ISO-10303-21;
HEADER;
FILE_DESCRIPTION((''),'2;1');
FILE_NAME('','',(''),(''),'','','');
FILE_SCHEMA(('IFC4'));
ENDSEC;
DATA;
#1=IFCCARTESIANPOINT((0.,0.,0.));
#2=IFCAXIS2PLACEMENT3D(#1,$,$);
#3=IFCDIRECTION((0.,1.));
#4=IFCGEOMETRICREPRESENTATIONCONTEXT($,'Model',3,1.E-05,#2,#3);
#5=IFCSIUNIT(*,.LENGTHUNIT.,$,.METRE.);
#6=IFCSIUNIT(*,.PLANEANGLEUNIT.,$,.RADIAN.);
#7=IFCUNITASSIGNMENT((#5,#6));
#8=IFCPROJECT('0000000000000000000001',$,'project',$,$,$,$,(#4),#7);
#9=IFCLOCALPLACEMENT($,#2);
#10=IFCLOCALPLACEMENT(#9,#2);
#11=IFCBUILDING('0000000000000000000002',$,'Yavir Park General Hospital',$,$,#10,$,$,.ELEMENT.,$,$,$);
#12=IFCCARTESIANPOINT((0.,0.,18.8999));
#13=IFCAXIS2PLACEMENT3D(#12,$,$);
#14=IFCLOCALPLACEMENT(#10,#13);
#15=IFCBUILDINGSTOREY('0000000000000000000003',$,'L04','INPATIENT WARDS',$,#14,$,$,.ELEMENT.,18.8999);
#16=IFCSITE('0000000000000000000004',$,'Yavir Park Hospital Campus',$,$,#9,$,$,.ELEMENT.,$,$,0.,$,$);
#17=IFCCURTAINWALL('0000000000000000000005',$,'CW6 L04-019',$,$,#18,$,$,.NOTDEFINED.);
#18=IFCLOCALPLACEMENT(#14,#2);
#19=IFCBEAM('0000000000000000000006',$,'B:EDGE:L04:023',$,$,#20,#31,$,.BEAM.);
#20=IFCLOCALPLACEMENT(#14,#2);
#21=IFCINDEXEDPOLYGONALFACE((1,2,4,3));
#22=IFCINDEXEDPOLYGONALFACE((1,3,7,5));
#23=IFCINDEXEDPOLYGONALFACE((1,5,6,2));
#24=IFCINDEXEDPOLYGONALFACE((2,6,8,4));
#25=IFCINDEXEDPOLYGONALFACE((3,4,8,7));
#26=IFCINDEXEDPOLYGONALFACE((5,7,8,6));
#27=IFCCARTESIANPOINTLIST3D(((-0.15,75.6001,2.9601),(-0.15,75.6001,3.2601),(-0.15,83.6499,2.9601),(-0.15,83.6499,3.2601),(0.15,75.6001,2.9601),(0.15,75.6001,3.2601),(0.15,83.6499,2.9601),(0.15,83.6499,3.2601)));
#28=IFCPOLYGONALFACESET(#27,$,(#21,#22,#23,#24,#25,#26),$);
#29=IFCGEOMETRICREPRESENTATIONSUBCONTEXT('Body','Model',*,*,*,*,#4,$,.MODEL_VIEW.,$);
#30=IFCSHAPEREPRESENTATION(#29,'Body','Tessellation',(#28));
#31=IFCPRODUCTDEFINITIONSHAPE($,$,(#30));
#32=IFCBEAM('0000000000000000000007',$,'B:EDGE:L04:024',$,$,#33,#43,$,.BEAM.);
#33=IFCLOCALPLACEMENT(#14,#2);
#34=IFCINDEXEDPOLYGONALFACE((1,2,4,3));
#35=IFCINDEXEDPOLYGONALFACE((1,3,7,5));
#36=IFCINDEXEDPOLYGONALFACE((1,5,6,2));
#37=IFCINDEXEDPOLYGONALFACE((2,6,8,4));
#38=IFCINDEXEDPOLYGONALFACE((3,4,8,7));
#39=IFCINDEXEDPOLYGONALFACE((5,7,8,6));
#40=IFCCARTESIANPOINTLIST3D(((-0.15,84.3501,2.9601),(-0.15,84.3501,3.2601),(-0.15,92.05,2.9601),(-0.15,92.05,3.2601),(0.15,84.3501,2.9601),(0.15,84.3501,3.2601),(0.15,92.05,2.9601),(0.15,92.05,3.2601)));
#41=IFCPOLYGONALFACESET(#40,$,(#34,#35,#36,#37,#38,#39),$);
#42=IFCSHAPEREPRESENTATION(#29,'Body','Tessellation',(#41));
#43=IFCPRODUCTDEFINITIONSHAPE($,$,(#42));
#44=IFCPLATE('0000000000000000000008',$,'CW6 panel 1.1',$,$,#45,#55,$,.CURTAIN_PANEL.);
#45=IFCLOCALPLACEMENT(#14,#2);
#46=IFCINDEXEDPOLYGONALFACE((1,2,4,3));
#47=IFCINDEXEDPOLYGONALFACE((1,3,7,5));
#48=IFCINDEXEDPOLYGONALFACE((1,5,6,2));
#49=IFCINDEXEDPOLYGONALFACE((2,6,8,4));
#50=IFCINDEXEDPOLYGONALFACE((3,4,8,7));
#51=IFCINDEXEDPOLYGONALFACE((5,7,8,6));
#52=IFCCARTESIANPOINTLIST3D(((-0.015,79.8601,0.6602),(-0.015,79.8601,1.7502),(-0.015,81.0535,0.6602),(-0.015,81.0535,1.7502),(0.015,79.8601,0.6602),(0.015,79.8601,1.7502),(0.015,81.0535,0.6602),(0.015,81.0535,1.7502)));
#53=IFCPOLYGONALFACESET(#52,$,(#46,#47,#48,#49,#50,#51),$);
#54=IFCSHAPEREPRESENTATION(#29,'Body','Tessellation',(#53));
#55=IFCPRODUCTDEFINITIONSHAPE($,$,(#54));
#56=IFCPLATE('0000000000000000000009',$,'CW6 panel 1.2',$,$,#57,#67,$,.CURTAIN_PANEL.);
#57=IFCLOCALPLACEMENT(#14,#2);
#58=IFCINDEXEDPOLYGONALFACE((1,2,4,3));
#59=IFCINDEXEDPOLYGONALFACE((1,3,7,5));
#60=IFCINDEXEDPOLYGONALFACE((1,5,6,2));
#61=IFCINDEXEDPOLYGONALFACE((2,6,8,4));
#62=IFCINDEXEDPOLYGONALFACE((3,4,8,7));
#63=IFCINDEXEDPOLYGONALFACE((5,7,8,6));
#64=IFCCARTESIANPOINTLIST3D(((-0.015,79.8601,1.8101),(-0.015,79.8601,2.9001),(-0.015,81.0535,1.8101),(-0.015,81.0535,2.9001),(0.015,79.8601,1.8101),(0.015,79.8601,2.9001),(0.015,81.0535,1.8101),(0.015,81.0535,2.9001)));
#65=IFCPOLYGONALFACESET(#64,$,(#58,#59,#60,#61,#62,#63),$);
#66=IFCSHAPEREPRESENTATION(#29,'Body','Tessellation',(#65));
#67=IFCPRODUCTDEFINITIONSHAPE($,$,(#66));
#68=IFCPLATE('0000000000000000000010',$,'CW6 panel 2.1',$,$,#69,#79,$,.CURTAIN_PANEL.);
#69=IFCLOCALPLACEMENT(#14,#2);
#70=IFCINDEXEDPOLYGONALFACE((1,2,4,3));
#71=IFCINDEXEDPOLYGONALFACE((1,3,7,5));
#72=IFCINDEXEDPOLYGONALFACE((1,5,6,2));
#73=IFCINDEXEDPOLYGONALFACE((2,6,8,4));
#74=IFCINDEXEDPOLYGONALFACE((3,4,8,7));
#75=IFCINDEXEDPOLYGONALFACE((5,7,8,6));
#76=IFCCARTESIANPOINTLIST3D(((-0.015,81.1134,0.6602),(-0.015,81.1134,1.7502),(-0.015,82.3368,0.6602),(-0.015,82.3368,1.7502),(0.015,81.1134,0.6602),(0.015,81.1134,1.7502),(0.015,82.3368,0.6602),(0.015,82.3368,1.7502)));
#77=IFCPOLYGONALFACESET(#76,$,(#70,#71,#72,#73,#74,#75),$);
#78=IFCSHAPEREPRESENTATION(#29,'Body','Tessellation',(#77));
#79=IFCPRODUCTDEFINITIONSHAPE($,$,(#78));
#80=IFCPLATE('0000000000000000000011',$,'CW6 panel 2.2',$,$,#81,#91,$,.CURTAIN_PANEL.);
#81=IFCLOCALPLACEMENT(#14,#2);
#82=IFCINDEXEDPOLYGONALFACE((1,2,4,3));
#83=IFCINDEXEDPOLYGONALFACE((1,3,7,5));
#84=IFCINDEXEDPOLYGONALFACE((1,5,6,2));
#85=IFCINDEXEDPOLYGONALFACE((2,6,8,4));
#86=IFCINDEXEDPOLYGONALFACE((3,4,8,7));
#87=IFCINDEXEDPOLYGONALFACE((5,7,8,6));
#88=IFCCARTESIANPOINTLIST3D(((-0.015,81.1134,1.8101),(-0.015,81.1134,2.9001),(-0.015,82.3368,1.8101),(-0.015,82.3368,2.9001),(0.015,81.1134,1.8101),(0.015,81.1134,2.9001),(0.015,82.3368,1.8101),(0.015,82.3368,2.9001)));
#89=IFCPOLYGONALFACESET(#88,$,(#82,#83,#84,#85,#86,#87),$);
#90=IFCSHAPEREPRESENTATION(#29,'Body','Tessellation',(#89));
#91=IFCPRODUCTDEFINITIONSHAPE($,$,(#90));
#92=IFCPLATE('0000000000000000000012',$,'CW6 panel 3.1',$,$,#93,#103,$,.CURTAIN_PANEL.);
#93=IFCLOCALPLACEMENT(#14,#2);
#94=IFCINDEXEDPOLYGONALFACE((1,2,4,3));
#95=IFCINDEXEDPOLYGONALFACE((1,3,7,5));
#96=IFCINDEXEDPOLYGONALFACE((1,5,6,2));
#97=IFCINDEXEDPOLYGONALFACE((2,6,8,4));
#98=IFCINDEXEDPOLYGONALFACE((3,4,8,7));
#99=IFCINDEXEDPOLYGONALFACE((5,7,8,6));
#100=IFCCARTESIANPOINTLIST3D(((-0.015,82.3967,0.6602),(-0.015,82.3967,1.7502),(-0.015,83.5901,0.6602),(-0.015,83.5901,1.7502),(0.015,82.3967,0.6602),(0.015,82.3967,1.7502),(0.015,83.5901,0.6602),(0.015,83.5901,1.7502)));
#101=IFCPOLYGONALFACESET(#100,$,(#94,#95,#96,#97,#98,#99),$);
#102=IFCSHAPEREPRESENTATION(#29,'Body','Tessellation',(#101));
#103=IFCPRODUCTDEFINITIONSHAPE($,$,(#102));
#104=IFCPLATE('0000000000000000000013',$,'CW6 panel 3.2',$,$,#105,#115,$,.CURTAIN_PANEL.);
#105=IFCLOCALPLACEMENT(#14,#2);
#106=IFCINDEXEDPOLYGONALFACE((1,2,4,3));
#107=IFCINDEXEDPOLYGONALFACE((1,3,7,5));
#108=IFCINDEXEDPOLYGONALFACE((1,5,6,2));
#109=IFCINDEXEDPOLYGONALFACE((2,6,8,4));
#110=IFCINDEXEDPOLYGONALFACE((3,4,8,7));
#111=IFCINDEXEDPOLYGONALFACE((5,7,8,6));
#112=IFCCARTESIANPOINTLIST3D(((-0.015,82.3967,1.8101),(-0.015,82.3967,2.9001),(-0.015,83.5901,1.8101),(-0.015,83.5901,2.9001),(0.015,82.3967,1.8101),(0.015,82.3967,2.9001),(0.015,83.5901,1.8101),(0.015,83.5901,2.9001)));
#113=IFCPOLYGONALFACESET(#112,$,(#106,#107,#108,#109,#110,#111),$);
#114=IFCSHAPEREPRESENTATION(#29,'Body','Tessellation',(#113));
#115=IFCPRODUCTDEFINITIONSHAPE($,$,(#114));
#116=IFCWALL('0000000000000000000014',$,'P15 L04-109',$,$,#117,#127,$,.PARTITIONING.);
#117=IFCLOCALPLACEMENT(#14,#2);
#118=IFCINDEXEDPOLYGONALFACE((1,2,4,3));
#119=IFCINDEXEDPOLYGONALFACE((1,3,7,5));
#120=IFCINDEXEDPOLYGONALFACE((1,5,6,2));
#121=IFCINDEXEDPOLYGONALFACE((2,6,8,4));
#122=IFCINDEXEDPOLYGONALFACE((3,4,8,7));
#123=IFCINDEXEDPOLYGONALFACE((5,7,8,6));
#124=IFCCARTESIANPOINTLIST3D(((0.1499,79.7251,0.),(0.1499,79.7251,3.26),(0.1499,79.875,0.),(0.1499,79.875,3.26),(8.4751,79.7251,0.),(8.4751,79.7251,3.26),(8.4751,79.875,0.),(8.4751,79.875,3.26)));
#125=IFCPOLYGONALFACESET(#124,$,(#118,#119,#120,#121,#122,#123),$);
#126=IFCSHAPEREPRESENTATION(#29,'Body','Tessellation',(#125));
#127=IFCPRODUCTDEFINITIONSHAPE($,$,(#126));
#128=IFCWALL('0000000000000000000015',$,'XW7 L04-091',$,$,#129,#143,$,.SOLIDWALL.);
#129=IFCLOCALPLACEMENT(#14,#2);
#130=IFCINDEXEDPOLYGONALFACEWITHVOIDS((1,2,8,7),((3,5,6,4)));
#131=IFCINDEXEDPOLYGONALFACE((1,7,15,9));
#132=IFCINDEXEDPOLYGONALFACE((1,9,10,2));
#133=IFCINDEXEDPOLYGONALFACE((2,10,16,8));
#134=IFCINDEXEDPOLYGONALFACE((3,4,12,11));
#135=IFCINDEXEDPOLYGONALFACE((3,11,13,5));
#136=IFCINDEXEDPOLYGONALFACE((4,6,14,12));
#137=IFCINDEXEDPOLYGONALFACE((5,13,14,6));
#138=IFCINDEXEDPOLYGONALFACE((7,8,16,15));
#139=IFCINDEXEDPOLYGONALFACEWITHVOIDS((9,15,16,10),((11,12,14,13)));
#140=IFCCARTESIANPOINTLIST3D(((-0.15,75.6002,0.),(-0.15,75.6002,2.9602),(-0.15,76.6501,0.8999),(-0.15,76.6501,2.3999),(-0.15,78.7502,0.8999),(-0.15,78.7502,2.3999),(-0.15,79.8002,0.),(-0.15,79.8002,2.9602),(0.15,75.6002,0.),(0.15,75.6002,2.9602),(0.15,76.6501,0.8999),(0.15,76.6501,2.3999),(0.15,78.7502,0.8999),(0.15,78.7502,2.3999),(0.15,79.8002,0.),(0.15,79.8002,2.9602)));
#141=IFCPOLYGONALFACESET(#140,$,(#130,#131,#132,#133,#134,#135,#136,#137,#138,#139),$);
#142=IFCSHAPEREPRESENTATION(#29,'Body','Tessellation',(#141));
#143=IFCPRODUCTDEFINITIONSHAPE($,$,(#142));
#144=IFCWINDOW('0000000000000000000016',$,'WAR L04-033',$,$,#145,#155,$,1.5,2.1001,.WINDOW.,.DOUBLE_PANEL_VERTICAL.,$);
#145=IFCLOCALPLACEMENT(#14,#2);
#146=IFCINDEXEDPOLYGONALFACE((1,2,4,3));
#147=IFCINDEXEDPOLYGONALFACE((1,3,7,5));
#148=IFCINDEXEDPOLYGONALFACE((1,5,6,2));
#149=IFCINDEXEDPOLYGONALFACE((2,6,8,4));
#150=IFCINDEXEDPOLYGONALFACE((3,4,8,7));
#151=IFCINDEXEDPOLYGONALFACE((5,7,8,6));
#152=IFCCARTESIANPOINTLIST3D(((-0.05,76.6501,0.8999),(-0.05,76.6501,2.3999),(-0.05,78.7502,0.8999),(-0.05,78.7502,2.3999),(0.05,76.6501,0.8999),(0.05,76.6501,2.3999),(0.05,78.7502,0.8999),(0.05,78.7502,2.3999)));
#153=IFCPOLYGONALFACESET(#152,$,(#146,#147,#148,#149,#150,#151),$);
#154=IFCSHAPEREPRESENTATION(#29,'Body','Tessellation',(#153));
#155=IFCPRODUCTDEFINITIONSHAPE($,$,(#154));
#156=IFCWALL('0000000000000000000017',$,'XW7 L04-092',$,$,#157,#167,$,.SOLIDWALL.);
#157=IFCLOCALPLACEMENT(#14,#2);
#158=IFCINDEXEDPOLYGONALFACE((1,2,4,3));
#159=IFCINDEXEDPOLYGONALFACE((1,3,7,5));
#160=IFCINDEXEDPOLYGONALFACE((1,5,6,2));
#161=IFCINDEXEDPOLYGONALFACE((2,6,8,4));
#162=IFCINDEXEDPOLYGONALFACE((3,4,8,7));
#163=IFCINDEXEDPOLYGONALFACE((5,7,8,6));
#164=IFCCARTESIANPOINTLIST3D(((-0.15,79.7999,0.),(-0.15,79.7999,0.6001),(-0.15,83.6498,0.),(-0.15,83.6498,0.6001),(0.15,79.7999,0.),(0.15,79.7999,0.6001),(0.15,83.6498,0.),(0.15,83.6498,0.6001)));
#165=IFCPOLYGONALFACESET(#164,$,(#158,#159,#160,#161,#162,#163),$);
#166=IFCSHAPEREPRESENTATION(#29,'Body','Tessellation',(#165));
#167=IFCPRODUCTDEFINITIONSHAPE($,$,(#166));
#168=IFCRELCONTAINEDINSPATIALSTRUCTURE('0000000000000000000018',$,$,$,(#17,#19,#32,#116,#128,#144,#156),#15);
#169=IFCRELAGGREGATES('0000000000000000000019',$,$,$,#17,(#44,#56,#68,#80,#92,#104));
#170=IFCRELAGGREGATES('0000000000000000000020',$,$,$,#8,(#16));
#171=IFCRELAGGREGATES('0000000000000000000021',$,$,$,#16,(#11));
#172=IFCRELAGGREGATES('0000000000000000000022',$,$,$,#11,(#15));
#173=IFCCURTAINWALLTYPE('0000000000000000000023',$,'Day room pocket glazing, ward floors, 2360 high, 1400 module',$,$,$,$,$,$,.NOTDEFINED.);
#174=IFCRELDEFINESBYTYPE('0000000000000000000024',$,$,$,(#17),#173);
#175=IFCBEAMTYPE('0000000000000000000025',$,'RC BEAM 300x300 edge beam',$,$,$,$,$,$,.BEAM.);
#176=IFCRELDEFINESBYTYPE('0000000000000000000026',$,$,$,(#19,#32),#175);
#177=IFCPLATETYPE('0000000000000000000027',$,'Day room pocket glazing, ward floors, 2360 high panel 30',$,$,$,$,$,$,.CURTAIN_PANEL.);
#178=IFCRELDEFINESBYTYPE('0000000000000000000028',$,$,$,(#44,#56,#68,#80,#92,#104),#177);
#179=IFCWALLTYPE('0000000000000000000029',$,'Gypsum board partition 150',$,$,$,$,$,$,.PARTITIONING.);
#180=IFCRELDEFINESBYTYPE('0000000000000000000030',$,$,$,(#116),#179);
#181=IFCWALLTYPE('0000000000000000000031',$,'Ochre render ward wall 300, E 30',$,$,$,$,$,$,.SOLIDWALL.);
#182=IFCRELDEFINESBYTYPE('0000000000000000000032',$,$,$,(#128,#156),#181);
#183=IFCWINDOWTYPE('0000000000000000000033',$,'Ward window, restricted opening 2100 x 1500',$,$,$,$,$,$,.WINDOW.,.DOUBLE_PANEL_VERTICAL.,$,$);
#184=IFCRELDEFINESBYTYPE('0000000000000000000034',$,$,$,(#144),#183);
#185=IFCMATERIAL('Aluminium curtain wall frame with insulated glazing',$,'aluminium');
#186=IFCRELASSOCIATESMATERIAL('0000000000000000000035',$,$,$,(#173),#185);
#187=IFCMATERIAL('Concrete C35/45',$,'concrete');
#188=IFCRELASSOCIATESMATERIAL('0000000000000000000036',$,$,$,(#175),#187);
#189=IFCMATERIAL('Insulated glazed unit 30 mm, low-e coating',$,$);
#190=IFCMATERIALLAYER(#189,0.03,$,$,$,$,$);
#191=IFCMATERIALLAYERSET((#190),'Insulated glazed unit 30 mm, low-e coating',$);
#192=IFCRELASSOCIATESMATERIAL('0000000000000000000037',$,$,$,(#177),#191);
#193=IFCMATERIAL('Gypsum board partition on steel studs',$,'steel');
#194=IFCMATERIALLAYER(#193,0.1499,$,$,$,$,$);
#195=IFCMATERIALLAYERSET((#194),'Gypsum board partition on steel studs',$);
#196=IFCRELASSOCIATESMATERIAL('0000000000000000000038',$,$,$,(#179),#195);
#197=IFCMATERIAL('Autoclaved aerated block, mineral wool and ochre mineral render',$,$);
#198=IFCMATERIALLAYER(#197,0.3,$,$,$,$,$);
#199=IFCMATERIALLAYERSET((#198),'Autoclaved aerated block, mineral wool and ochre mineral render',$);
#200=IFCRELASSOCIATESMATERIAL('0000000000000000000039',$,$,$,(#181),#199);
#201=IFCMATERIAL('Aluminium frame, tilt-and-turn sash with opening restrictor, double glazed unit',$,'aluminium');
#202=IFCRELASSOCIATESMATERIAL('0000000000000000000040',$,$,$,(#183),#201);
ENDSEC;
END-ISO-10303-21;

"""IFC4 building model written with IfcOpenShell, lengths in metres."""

from ifc_helpers import new_model, si_unit, direction, frame, frame_2d, origin, origin_2d, place, context, subcontext, project, spatial, rectangle, extrude, material, layer, layer_set, material_profile, profile_set, type_object, element, fill, aggregate, save


model = new_model("IFC4")

# Units and contexts
model_context = context("Model", 3, precision=1e-05, world=origin(), true_north=direction((0.0, 1.0)))
body_context = subcontext(model_context, "Body", "Model", "MODEL_VIEW")
ifc_project = project(units=[si_unit("LENGTHUNIT", "METRE"), si_unit("PLANEANGLEUNIT", "RADIAN")], contexts=[model_context])

# Site, building, storey
site_placement = place(None, origin())
site = spatial("IfcSite", under=ifc_project, at=site_placement, Name="Yavir Park Hospital Campus", CompositionType="ELEMENT", RefElevation=0.0)
building_placement = place(site_placement, origin())
building = spatial("IfcBuilding", under=site, at=building_placement, Name="Yavir Park General Hospital", CompositionType="ELEMENT")
storey_placement = place(building_placement, frame((0.0, 0.0, 18.8999)))
storey = spatial("IfcBuildingStorey", under=building, at=storey_placement, Name="L04", Description="INPATIENT WARDS", CompositionType="ELEMENT", Elevation=18.8999)

# Curtain wall
ifc_material_1 = material(Name="Aluminium curtain wall frame with insulated glazing", Category="aluminium")
curtain_wall_type = type_object("IfcCurtainWallType", Name="Day room pocket glazing, ward floors, 2360 high, 1400 module", PredefinedType="NOTDEFINED", material=ifc_material_1)
curtain_wall_placement = place(storey_placement, origin())
curtain_wall = element("IfcCurtainWall", 1, at=curtain_wall_placement, inside=storey, type_object=curtain_wall_type, Name="CW6 L04-019", PredefinedType="NOTDEFINED")

# Beams
ifc_material_2 = material(Name="Concrete C35/45", Category="concrete")
ifc_material_profile_1 = material_profile(ifc_material_2, rectangle(XDim=0.3, YDim=0.3, at=origin_2d()), Name="RC300x300")
ifc_profile_set_1 = profile_set([ifc_material_profile_1], Name="Concrete C35/45")
beam_type = type_object("IfcBeamType", Name="RC BEAM 300x300 edge beam", PredefinedType="BEAM", material=ifc_profile_set_1)
beam_1_placement = place(storey_placement, frame((0.0, 75.6001, 3.1101), z_axis=(0.0, 1.0, 0.0), x_axis=(-1.0, 0.0, 0.0)))
element("IfcBeam", 2, at=beam_1_placement, inside=storey, type_object=beam_type, Name="B:EDGE:L04:023", PredefinedType="BEAM", context=body_context, shape_type="SweptSolid", body=[
    extrude(rectangle(XDim=0.3, YDim=0.3, at=origin_2d()), origin(), (0.0, 0.0, 1.0), 8.0498),
])
beam_2_placement = place(storey_placement, frame((0.0, 84.3501, 3.1101), z_axis=(0.0, 1.0, 0.0), x_axis=(-1.0, 0.0, 0.0)))
element("IfcBeam", 3, at=beam_2_placement, inside=storey, type_object=beam_type, Name="B:EDGE:L04:024", PredefinedType="BEAM", context=body_context, shape_type="SweptSolid", body=[
    extrude(rectangle(XDim=0.3, YDim=0.3, at=origin_2d()), origin(), (0.0, 0.0, 1.0), 7.7),
])

# Plates
ifc_material_3 = material(Name="Insulated glazed unit 30 mm, low-e coating")
ifc_layer_1 = layer(ifc_material_3, 0.03)
ifc_layer_set_1 = layer_set([ifc_layer_1], Name="Insulated glazed unit 30 mm, low-e coating")
plate_type = type_object("IfcPlateType", Name="Day room pocket glazing, ward floors, 2360 high panel 30", PredefinedType="CURTAIN_PANEL", material=ifc_layer_set_1)
plate_1_placement = place(storey_placement, frame((0.0, 80.4568, 0.6602), z_axis=(0.0, 0.0, 1.0), x_axis=(0.0, 1.0, 0.0)))
plate_1 = element("IfcPlate", 4, at=plate_1_placement, type_object=plate_type, Name="CW6 panel 1.1", PredefinedType="CURTAIN_PANEL", context=body_context, shape_type="SweptSolid", body=[
    extrude(rectangle(XDim=1.1934, YDim=0.03, at=origin_2d()), origin(), (0.0, 0.0, 1.0), 1.0901),
])
plate_2_placement = place(storey_placement, frame((0.0, 80.4568, 1.8101), z_axis=(0.0, 0.0, 1.0), x_axis=(0.0, 1.0, 0.0)))
plate_2 = element("IfcPlate", 5, at=plate_2_placement, type_object=plate_type, Name="CW6 panel 1.2", PredefinedType="CURTAIN_PANEL", context=body_context, shape_type="SweptSolid", body=[
    extrude(rectangle(XDim=1.1934, YDim=0.03, at=origin_2d()), origin(), (0.0, 0.0, 1.0), 1.0901),
])
plate_3_placement = place(storey_placement, frame((0.0, 81.7251, 0.6602), z_axis=(0.0, 0.0, 1.0), x_axis=(0.0, 1.0, 0.0)))
plate_3 = element("IfcPlate", 6, at=plate_3_placement, type_object=plate_type, Name="CW6 panel 2.1", PredefinedType="CURTAIN_PANEL", context=body_context, shape_type="SweptSolid", body=[
    extrude(rectangle(XDim=1.2234, YDim=0.03, at=origin_2d()), origin(), (0.0, 0.0, 1.0), 1.0901),
])
plate_4_placement = place(storey_placement, frame((0.0, 81.7251, 1.8101), z_axis=(0.0, 0.0, 1.0), x_axis=(0.0, 1.0, 0.0)))
plate_4 = element("IfcPlate", 7, at=plate_4_placement, type_object=plate_type, Name="CW6 panel 2.2", PredefinedType="CURTAIN_PANEL", context=body_context, shape_type="SweptSolid", body=[
    extrude(rectangle(XDim=1.2234, YDim=0.03, at=origin_2d()), origin(), (0.0, 0.0, 1.0), 1.0901),
])
plate_5_placement = place(storey_placement, frame((0.0, 82.9934, 0.6602), z_axis=(0.0, 0.0, 1.0), x_axis=(0.0, 1.0, 0.0)))
plate_5 = element("IfcPlate", 8, at=plate_5_placement, type_object=plate_type, Name="CW6 panel 3.1", PredefinedType="CURTAIN_PANEL", context=body_context, shape_type="SweptSolid", body=[
    extrude(rectangle(XDim=1.1934, YDim=0.03, at=origin_2d()), origin(), (0.0, 0.0, 1.0), 1.0901),
])
plate_6_placement = place(storey_placement, frame((0.0, 82.9934, 1.8101), z_axis=(0.0, 0.0, 1.0), x_axis=(0.0, 1.0, 0.0)))
plate_6 = element("IfcPlate", 9, at=plate_6_placement, type_object=plate_type, Name="CW6 panel 3.2", PredefinedType="CURTAIN_PANEL", context=body_context, shape_type="SweptSolid", body=[
    extrude(rectangle(XDim=1.1934, YDim=0.03, at=origin_2d()), origin(), (0.0, 0.0, 1.0), 1.0901),
])
aggregate(curtain_wall, [plate_1, plate_2, plate_3, plate_4, plate_5, plate_6])

# Wall
ifc_material_4 = material(Name="Gypsum board partition on steel studs", Category="steel")
ifc_layer_2 = layer(ifc_material_4, 0.1499)
ifc_layer_set_2 = layer_set([ifc_layer_2], Name="Gypsum board partition on steel studs")
wall_type_1 = type_object("IfcWallType", Name="Gypsum board partition 150", PredefinedType="PARTITIONING", material=ifc_layer_set_2)
wall_1_placement = place(storey_placement, frame((0.1499, 79.8, 0.0), z_axis=(0.0, 0.0, 1.0), x_axis=(1.0, 0.0, 0.0)))
element("IfcWall", 10, at=wall_1_placement, inside=storey, type_object=wall_type_1, Name="P15 L04-109", PredefinedType="PARTITIONING", context=body_context, shape_type="SweptSolid", body=[
    extrude(rectangle(XDim=8.3252, YDim=0.1499, at=frame_2d((4.1626, 0.0))), origin(), (0.0, 0.0, 1.0), 3.26),
])

# Wall, opening, window
ifc_material_5 = material(Name="Autoclaved aerated block, mineral wool and ochre mineral render")
ifc_layer_3 = layer(ifc_material_5, 0.3)
ifc_layer_set_3 = layer_set([ifc_layer_3], Name="Autoclaved aerated block, mineral wool and ochre mineral render")
wall_type_2 = type_object("IfcWallType", Name="Ochre render ward wall 300, E 30", PredefinedType="SOLIDWALL", material=ifc_layer_set_3)
wall_2_placement = place(storey_placement, frame((0.0, 75.6001, 0.0), z_axis=(0.0, 0.0, 1.0), x_axis=(0.0, 1.0, 0.0)))
wall_2 = element("IfcWall", 11, at=wall_2_placement, inside=storey, type_object=wall_type_2, Name="XW7 L04-091", PredefinedType="SOLIDWALL", context=body_context, shape_type="SweptSolid", body=[
    extrude(rectangle(XDim=4.2, YDim=0.3, at=frame_2d((2.1001, 0.0))), origin(), (0.0, 0.0, 1.0), 2.9602),
])
opening_1_placement = place(wall_2_placement, frame((1.05, 0.0, 0.8999)))
opening_1 = element("IfcOpeningElement", 12, at=opening_1_placement, cuts=wall_2, PredefinedType="OPENING", context=body_context, shape_type="SweptSolid", body=[
    extrude(rectangle(XDim=2.1001, YDim=1.5, at=frame_2d((1.05, 0.75))), frame((0.0, 0.1599, 0.0), z_axis=(0.0, -1.0, 0.0), x_axis=(1.0, 0.0, 0.0)), (0.0, 0.0, 1.0), 0.3201),
])
ifc_material_6 = material(Name="Aluminium frame, tilt-and-turn sash with opening restrictor, double glazed unit", Category="aluminium")
window_type = type_object("IfcWindowType", Name="Ward window, restricted opening 2100 x 1500", PartitioningType="DOUBLE_PANEL_VERTICAL", PredefinedType="WINDOW", material=ifc_material_6)
window_1_placement = place(opening_1_placement, origin())
window_1 = element("IfcWindow", 13, at=window_1_placement, inside=storey, type_object=window_type, Name="WAR L04-033", OverallHeight=1.5, OverallWidth=2.1001, PartitioningType="DOUBLE_PANEL_VERTICAL", PredefinedType="WINDOW", context=body_context, shape_type="SweptSolid", body=[
    extrude(rectangle(XDim=2.1001, YDim=1.5, at=frame_2d((1.05, 0.75))), frame((0.0, 0.05, 0.0), z_axis=(0.0, -1.0, 0.0), x_axis=(1.0, 0.0, 0.0)), (0.0, 0.0, 1.0), 0.1001),
])
fill(opening_1, window_1)

# Wall
wall_3_placement = place(storey_placement, frame((0.0, 79.8, 0.0), z_axis=(0.0, 0.0, 1.0), x_axis=(0.0, 1.0, 0.0)))
element("IfcWall", 14, at=wall_3_placement, inside=storey, type_object=wall_type_2, Name="XW7 L04-092", PredefinedType="SOLIDWALL", context=body_context, shape_type="SweptSolid", body=[
    extrude(rectangle(XDim=3.8499, YDim=0.3, at=frame_2d((1.9248, 0.0))), origin(), (0.0, 0.0, 1.0), 0.6001),
])

save(model, "model.ifc")
